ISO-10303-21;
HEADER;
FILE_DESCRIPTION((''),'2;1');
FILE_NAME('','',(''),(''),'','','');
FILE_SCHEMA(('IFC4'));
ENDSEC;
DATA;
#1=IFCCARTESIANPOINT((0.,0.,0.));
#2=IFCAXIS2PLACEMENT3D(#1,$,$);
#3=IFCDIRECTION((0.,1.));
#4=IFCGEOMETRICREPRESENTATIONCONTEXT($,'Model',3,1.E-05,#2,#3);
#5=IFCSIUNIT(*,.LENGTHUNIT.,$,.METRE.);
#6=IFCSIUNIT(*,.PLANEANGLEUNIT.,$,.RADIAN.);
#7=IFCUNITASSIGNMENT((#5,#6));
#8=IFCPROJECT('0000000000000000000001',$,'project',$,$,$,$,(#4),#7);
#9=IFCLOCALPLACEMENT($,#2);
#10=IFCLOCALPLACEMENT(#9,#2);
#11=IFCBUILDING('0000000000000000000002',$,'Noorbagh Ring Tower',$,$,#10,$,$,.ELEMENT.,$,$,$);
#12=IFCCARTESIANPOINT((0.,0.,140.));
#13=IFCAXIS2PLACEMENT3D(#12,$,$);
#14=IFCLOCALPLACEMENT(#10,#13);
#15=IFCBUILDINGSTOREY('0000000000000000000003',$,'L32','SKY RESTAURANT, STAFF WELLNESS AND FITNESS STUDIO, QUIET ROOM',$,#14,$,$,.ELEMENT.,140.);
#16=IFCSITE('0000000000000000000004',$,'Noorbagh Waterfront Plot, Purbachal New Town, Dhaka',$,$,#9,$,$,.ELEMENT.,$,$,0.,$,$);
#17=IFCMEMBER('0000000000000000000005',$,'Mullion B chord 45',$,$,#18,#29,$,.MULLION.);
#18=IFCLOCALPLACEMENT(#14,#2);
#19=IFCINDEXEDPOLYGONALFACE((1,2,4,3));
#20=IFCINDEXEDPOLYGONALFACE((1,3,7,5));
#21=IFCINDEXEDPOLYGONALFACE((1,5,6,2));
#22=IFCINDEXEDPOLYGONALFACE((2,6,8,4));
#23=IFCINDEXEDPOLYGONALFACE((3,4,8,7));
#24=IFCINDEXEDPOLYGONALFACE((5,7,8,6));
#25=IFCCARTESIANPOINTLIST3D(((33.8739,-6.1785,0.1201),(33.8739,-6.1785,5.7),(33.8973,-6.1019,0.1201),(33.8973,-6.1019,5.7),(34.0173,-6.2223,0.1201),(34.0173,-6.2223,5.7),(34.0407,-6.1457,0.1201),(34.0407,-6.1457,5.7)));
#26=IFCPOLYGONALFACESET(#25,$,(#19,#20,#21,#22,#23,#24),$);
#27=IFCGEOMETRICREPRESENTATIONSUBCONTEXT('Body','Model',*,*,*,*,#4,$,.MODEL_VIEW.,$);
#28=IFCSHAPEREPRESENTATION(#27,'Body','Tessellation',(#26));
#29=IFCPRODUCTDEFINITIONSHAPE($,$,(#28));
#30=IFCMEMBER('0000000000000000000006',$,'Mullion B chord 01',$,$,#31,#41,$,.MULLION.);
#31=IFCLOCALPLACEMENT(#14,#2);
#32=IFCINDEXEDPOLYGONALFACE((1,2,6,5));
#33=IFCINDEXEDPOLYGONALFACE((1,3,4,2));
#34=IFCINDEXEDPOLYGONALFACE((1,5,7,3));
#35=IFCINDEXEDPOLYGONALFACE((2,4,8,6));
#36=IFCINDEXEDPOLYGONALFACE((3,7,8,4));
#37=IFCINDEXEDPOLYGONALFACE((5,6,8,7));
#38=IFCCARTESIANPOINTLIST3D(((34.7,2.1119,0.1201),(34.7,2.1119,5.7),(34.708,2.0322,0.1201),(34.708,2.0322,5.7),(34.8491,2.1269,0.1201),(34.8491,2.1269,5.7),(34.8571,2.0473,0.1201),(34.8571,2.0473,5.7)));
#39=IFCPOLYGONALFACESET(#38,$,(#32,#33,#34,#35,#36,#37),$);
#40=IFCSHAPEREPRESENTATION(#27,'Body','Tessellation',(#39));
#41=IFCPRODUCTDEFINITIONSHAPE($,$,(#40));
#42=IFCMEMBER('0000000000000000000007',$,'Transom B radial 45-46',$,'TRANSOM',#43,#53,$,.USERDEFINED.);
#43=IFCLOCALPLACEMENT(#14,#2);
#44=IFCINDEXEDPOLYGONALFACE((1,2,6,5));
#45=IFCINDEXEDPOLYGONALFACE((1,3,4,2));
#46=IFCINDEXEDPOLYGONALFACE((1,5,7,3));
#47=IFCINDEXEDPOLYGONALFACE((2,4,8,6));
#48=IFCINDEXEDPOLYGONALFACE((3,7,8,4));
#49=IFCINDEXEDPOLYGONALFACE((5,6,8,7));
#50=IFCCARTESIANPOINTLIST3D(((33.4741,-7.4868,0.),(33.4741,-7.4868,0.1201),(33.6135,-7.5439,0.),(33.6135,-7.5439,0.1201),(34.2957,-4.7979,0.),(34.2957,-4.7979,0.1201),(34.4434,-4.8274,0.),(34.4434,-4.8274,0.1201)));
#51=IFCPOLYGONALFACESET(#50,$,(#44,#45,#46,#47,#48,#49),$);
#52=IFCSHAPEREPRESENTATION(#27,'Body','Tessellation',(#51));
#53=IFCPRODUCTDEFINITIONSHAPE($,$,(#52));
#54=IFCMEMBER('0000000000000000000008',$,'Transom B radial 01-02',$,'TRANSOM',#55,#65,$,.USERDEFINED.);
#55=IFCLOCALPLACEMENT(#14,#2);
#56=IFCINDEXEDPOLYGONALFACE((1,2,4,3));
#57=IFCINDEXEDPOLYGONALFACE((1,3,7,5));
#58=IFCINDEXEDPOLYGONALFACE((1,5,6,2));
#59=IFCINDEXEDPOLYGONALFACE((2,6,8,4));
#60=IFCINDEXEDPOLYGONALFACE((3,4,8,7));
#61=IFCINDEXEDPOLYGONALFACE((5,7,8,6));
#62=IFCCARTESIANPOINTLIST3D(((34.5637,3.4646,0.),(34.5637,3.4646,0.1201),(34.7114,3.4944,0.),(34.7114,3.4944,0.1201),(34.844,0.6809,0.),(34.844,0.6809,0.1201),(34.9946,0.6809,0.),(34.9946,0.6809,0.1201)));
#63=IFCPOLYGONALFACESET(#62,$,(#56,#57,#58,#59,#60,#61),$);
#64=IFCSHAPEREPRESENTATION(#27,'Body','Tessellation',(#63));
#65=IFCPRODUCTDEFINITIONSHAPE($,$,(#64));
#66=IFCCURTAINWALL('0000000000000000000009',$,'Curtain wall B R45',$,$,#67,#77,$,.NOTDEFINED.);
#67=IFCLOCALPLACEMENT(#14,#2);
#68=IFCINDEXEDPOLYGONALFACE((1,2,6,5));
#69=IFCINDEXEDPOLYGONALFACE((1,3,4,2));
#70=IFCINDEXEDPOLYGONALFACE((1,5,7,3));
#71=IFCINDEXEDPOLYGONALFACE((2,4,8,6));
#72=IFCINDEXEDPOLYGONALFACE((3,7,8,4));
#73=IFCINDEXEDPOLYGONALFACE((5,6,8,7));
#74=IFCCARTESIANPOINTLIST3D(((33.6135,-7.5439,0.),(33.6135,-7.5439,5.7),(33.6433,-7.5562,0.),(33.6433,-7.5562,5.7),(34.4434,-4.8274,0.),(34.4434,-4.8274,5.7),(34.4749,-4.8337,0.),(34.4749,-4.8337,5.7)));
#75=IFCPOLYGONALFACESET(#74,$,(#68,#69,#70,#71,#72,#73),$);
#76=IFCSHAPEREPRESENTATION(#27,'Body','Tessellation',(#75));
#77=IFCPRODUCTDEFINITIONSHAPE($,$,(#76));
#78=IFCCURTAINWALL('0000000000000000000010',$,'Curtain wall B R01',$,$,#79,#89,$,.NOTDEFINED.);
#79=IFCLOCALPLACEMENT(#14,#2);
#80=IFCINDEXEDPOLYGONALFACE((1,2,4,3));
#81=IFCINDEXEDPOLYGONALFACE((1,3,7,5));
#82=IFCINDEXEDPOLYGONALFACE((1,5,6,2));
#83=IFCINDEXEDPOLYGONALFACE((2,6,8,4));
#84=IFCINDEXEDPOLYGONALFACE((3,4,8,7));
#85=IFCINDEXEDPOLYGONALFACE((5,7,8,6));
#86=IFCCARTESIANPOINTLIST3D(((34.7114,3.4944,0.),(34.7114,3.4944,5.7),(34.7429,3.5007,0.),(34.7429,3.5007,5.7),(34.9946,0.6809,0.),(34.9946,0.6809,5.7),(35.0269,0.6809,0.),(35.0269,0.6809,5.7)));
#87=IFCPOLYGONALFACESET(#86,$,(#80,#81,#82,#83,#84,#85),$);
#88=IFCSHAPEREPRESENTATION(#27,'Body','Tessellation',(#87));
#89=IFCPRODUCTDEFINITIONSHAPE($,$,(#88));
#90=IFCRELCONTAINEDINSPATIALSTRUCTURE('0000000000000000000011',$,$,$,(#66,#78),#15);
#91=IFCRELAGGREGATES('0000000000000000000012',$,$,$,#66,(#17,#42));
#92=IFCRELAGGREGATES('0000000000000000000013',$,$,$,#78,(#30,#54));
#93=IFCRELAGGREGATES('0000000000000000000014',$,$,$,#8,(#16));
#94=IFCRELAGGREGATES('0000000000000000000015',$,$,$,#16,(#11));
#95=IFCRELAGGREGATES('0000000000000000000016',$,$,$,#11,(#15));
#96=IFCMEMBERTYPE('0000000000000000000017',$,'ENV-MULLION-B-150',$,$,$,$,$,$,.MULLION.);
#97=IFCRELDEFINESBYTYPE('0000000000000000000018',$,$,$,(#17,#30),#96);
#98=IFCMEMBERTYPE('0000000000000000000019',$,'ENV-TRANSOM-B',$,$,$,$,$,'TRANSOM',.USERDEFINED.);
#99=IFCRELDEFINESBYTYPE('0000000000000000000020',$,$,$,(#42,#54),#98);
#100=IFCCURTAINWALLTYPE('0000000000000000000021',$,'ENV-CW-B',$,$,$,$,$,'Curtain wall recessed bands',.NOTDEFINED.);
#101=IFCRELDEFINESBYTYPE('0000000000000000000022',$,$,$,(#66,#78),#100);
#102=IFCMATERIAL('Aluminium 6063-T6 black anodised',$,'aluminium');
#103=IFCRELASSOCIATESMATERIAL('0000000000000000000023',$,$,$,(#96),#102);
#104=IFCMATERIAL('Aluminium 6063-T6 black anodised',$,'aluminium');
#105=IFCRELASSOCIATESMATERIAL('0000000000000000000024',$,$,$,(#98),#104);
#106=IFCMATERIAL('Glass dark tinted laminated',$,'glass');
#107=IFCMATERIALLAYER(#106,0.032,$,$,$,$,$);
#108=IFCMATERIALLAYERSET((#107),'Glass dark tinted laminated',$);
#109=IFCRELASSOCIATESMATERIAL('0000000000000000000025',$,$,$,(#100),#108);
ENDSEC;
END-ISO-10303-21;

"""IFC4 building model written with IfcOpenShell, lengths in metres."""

from ifc_helpers import new_model, si_unit, direction, frame, origin, origin_2d, place, context, subcontext, project, spatial, polyline, rectangle, outline, extrude, material, layer, layer_set, material_profile, profile_set, type_object, element, aggregate, save


model = new_model("IFC4")

# Units and contexts
model_context = context("Model", 3, precision=1e-05, world=origin(), true_north=direction((0.0, 1.0)))
body_context = subcontext(model_context, "Body", "Model", "MODEL_VIEW")
ifc_project = project(units=[si_unit("LENGTHUNIT", "METRE"), si_unit("PLANEANGLEUNIT", "RADIAN")], contexts=[model_context])

# Members
ifc_material_1 = material(Name="Aluminium 6063-T6 black anodised", Category="aluminium")
ifc_material_profile_1 = material_profile(ifc_material_1, rectangle(XDim=0.1499, YDim=0.0801, at=origin_2d()), Name="150x80")
ifc_profile_set_1 = profile_set([ifc_material_profile_1], Name="Aluminium 6063-T6 black anodised")
member_type_1 = type_object("IfcMemberType", Name="ENV-MULLION-B-150", PredefinedType="MULLION", material=ifc_profile_set_1)
site_placement = place(None, origin())
building_placement = place(site_placement, origin())
storey_placement = place(building_placement, frame((0.0, 0.0, 140.0)))
member_1_placement = place(storey_placement, frame((33.9573, -6.1621, 0.1201), z_axis=(0.0, 0.0, 1.0), x_axis=(-0.956366, 0.29217, 0.0)))
member_1 = element("IfcMember", 1, at=member_1_placement, type_object=member_type_1, Name="Mullion B chord 45", PredefinedType="MULLION", context=body_context, shape_type="SweptSolid", body=[
    extrude(rectangle(XDim=0.1499, YDim=0.0801, at=origin_2d()), origin(), (0.0, 0.0, 1.0), 5.5798),
])
member_2_placement = place(storey_placement, frame((34.7786, 2.0796, 0.1201), z_axis=(0.0, 0.0, 1.0), x_axis=(-0.99497, -0.100178, 0.0)))
member_2 = element("IfcMember", 2, at=member_2_placement, type_object=member_type_1, Name="Mullion B chord 01", PredefinedType="MULLION", context=body_context, shape_type="SweptSolid", body=[
    extrude(rectangle(XDim=0.1499, YDim=0.0801, at=origin_2d()), origin(), (0.0, 0.0, 1.0), 5.5798),
])
ifc_material_2 = material(Name="Aluminium 6063-T6 black anodised", Category="aluminium")
member_type_2 = type_object("IfcMemberType", Name="ENV-TRANSOM-B", ElementType="TRANSOM", PredefinedType="USERDEFINED", material=ifc_material_2)
member_3_placement = place(storey_placement, origin())
member_3 = element("IfcMember", 3, at=member_3_placement, type_object=member_type_2, Name="Transom B radial 45-46", ObjectType="TRANSOM", PredefinedType="USERDEFINED", context=body_context, shape_type="SweptSolid", body=[
    extrude(outline(polyline([(33.6135, -7.5439), (34.4434, -4.8274), (34.2957, -4.7979), (33.4741, -7.4868), (33.6135, -7.5439)])), origin(), (0.0, 0.0, 1.0), 0.1201),
])
member_4_placement = place(storey_placement, origin())
member_4 = element("IfcMember", 4, at=member_4_placement, type_object=member_type_2, Name="Transom B radial 01-02", ObjectType="TRANSOM", PredefinedType="USERDEFINED", context=body_context, shape_type="SweptSolid", body=[
    extrude(outline(polyline([(34.9946, 0.6809), (34.7114, 3.4944), (34.5637, 3.4646), (34.844, 0.6809), (34.9946, 0.6809)])), origin(), (0.0, 0.0, 1.0), 0.1201),
])

# Site, building, storey
site = spatial("IfcSite", under=ifc_project, at=site_placement, Name="Noorbagh Waterfront Plot, Purbachal New Town, Dhaka", CompositionType="ELEMENT", RefElevation=0.0)
building = spatial("IfcBuilding", under=site, at=building_placement, Name="Noorbagh Ring Tower", CompositionType="ELEMENT")
storey = spatial("IfcBuildingStorey", under=building, at=storey_placement, Name="L32", Description="SKY RESTAURANT, STAFF WELLNESS AND FITNESS STUDIO, QUIET ROOM", CompositionType="ELEMENT", Elevation=140.0)

# Curtain walls
ifc_material_3 = material(Name="Glass dark tinted laminated", Category="glass")
ifc_layer_1 = layer(ifc_material_3, 0.032)
ifc_layer_set_1 = layer_set([ifc_layer_1], Name="Glass dark tinted laminated")
curtain_wall_type_1 = type_object("IfcCurtainWallType", Name="ENV-CW-B", ElementType="Curtain wall recessed bands", PredefinedType="NOTDEFINED", material=ifc_layer_set_1)
curtain_wall_1_placement = place(storey_placement, origin())
curtain_wall_1 = element("IfcCurtainWall", 5, at=curtain_wall_1_placement, inside=storey, type_object=curtain_wall_type_1, Name="Curtain wall B R45", PredefinedType="NOTDEFINED", context=body_context, shape_type="SweptSolid", body=[
    extrude(outline(polyline([(33.6433, -7.5562), (34.4749, -4.8337), (34.4434, -4.8274), (33.6135, -7.5439), (33.6433, -7.5562)])), origin(), (0.0, 0.0, 1.0), 5.7),
])
aggregate(curtain_wall_1, [member_1, member_3])
curtain_wall_2_placement = place(storey_placement, origin())
curtain_wall_2 = element("IfcCurtainWall", 6, at=curtain_wall_2_placement, inside=storey, type_object=curtain_wall_type_1, Name="Curtain wall B R01", PredefinedType="NOTDEFINED", context=body_context, shape_type="SweptSolid", body=[
    extrude(outline(polyline([(35.0269, 0.6809), (34.7429, 3.5007), (34.7114, 3.4944), (34.9946, 0.6809), (35.0269, 0.6809)])), origin(), (0.0, 0.0, 1.0), 5.7),
])
aggregate(curtain_wall_2, [member_2, member_4])

save(model, "model.ifc")
